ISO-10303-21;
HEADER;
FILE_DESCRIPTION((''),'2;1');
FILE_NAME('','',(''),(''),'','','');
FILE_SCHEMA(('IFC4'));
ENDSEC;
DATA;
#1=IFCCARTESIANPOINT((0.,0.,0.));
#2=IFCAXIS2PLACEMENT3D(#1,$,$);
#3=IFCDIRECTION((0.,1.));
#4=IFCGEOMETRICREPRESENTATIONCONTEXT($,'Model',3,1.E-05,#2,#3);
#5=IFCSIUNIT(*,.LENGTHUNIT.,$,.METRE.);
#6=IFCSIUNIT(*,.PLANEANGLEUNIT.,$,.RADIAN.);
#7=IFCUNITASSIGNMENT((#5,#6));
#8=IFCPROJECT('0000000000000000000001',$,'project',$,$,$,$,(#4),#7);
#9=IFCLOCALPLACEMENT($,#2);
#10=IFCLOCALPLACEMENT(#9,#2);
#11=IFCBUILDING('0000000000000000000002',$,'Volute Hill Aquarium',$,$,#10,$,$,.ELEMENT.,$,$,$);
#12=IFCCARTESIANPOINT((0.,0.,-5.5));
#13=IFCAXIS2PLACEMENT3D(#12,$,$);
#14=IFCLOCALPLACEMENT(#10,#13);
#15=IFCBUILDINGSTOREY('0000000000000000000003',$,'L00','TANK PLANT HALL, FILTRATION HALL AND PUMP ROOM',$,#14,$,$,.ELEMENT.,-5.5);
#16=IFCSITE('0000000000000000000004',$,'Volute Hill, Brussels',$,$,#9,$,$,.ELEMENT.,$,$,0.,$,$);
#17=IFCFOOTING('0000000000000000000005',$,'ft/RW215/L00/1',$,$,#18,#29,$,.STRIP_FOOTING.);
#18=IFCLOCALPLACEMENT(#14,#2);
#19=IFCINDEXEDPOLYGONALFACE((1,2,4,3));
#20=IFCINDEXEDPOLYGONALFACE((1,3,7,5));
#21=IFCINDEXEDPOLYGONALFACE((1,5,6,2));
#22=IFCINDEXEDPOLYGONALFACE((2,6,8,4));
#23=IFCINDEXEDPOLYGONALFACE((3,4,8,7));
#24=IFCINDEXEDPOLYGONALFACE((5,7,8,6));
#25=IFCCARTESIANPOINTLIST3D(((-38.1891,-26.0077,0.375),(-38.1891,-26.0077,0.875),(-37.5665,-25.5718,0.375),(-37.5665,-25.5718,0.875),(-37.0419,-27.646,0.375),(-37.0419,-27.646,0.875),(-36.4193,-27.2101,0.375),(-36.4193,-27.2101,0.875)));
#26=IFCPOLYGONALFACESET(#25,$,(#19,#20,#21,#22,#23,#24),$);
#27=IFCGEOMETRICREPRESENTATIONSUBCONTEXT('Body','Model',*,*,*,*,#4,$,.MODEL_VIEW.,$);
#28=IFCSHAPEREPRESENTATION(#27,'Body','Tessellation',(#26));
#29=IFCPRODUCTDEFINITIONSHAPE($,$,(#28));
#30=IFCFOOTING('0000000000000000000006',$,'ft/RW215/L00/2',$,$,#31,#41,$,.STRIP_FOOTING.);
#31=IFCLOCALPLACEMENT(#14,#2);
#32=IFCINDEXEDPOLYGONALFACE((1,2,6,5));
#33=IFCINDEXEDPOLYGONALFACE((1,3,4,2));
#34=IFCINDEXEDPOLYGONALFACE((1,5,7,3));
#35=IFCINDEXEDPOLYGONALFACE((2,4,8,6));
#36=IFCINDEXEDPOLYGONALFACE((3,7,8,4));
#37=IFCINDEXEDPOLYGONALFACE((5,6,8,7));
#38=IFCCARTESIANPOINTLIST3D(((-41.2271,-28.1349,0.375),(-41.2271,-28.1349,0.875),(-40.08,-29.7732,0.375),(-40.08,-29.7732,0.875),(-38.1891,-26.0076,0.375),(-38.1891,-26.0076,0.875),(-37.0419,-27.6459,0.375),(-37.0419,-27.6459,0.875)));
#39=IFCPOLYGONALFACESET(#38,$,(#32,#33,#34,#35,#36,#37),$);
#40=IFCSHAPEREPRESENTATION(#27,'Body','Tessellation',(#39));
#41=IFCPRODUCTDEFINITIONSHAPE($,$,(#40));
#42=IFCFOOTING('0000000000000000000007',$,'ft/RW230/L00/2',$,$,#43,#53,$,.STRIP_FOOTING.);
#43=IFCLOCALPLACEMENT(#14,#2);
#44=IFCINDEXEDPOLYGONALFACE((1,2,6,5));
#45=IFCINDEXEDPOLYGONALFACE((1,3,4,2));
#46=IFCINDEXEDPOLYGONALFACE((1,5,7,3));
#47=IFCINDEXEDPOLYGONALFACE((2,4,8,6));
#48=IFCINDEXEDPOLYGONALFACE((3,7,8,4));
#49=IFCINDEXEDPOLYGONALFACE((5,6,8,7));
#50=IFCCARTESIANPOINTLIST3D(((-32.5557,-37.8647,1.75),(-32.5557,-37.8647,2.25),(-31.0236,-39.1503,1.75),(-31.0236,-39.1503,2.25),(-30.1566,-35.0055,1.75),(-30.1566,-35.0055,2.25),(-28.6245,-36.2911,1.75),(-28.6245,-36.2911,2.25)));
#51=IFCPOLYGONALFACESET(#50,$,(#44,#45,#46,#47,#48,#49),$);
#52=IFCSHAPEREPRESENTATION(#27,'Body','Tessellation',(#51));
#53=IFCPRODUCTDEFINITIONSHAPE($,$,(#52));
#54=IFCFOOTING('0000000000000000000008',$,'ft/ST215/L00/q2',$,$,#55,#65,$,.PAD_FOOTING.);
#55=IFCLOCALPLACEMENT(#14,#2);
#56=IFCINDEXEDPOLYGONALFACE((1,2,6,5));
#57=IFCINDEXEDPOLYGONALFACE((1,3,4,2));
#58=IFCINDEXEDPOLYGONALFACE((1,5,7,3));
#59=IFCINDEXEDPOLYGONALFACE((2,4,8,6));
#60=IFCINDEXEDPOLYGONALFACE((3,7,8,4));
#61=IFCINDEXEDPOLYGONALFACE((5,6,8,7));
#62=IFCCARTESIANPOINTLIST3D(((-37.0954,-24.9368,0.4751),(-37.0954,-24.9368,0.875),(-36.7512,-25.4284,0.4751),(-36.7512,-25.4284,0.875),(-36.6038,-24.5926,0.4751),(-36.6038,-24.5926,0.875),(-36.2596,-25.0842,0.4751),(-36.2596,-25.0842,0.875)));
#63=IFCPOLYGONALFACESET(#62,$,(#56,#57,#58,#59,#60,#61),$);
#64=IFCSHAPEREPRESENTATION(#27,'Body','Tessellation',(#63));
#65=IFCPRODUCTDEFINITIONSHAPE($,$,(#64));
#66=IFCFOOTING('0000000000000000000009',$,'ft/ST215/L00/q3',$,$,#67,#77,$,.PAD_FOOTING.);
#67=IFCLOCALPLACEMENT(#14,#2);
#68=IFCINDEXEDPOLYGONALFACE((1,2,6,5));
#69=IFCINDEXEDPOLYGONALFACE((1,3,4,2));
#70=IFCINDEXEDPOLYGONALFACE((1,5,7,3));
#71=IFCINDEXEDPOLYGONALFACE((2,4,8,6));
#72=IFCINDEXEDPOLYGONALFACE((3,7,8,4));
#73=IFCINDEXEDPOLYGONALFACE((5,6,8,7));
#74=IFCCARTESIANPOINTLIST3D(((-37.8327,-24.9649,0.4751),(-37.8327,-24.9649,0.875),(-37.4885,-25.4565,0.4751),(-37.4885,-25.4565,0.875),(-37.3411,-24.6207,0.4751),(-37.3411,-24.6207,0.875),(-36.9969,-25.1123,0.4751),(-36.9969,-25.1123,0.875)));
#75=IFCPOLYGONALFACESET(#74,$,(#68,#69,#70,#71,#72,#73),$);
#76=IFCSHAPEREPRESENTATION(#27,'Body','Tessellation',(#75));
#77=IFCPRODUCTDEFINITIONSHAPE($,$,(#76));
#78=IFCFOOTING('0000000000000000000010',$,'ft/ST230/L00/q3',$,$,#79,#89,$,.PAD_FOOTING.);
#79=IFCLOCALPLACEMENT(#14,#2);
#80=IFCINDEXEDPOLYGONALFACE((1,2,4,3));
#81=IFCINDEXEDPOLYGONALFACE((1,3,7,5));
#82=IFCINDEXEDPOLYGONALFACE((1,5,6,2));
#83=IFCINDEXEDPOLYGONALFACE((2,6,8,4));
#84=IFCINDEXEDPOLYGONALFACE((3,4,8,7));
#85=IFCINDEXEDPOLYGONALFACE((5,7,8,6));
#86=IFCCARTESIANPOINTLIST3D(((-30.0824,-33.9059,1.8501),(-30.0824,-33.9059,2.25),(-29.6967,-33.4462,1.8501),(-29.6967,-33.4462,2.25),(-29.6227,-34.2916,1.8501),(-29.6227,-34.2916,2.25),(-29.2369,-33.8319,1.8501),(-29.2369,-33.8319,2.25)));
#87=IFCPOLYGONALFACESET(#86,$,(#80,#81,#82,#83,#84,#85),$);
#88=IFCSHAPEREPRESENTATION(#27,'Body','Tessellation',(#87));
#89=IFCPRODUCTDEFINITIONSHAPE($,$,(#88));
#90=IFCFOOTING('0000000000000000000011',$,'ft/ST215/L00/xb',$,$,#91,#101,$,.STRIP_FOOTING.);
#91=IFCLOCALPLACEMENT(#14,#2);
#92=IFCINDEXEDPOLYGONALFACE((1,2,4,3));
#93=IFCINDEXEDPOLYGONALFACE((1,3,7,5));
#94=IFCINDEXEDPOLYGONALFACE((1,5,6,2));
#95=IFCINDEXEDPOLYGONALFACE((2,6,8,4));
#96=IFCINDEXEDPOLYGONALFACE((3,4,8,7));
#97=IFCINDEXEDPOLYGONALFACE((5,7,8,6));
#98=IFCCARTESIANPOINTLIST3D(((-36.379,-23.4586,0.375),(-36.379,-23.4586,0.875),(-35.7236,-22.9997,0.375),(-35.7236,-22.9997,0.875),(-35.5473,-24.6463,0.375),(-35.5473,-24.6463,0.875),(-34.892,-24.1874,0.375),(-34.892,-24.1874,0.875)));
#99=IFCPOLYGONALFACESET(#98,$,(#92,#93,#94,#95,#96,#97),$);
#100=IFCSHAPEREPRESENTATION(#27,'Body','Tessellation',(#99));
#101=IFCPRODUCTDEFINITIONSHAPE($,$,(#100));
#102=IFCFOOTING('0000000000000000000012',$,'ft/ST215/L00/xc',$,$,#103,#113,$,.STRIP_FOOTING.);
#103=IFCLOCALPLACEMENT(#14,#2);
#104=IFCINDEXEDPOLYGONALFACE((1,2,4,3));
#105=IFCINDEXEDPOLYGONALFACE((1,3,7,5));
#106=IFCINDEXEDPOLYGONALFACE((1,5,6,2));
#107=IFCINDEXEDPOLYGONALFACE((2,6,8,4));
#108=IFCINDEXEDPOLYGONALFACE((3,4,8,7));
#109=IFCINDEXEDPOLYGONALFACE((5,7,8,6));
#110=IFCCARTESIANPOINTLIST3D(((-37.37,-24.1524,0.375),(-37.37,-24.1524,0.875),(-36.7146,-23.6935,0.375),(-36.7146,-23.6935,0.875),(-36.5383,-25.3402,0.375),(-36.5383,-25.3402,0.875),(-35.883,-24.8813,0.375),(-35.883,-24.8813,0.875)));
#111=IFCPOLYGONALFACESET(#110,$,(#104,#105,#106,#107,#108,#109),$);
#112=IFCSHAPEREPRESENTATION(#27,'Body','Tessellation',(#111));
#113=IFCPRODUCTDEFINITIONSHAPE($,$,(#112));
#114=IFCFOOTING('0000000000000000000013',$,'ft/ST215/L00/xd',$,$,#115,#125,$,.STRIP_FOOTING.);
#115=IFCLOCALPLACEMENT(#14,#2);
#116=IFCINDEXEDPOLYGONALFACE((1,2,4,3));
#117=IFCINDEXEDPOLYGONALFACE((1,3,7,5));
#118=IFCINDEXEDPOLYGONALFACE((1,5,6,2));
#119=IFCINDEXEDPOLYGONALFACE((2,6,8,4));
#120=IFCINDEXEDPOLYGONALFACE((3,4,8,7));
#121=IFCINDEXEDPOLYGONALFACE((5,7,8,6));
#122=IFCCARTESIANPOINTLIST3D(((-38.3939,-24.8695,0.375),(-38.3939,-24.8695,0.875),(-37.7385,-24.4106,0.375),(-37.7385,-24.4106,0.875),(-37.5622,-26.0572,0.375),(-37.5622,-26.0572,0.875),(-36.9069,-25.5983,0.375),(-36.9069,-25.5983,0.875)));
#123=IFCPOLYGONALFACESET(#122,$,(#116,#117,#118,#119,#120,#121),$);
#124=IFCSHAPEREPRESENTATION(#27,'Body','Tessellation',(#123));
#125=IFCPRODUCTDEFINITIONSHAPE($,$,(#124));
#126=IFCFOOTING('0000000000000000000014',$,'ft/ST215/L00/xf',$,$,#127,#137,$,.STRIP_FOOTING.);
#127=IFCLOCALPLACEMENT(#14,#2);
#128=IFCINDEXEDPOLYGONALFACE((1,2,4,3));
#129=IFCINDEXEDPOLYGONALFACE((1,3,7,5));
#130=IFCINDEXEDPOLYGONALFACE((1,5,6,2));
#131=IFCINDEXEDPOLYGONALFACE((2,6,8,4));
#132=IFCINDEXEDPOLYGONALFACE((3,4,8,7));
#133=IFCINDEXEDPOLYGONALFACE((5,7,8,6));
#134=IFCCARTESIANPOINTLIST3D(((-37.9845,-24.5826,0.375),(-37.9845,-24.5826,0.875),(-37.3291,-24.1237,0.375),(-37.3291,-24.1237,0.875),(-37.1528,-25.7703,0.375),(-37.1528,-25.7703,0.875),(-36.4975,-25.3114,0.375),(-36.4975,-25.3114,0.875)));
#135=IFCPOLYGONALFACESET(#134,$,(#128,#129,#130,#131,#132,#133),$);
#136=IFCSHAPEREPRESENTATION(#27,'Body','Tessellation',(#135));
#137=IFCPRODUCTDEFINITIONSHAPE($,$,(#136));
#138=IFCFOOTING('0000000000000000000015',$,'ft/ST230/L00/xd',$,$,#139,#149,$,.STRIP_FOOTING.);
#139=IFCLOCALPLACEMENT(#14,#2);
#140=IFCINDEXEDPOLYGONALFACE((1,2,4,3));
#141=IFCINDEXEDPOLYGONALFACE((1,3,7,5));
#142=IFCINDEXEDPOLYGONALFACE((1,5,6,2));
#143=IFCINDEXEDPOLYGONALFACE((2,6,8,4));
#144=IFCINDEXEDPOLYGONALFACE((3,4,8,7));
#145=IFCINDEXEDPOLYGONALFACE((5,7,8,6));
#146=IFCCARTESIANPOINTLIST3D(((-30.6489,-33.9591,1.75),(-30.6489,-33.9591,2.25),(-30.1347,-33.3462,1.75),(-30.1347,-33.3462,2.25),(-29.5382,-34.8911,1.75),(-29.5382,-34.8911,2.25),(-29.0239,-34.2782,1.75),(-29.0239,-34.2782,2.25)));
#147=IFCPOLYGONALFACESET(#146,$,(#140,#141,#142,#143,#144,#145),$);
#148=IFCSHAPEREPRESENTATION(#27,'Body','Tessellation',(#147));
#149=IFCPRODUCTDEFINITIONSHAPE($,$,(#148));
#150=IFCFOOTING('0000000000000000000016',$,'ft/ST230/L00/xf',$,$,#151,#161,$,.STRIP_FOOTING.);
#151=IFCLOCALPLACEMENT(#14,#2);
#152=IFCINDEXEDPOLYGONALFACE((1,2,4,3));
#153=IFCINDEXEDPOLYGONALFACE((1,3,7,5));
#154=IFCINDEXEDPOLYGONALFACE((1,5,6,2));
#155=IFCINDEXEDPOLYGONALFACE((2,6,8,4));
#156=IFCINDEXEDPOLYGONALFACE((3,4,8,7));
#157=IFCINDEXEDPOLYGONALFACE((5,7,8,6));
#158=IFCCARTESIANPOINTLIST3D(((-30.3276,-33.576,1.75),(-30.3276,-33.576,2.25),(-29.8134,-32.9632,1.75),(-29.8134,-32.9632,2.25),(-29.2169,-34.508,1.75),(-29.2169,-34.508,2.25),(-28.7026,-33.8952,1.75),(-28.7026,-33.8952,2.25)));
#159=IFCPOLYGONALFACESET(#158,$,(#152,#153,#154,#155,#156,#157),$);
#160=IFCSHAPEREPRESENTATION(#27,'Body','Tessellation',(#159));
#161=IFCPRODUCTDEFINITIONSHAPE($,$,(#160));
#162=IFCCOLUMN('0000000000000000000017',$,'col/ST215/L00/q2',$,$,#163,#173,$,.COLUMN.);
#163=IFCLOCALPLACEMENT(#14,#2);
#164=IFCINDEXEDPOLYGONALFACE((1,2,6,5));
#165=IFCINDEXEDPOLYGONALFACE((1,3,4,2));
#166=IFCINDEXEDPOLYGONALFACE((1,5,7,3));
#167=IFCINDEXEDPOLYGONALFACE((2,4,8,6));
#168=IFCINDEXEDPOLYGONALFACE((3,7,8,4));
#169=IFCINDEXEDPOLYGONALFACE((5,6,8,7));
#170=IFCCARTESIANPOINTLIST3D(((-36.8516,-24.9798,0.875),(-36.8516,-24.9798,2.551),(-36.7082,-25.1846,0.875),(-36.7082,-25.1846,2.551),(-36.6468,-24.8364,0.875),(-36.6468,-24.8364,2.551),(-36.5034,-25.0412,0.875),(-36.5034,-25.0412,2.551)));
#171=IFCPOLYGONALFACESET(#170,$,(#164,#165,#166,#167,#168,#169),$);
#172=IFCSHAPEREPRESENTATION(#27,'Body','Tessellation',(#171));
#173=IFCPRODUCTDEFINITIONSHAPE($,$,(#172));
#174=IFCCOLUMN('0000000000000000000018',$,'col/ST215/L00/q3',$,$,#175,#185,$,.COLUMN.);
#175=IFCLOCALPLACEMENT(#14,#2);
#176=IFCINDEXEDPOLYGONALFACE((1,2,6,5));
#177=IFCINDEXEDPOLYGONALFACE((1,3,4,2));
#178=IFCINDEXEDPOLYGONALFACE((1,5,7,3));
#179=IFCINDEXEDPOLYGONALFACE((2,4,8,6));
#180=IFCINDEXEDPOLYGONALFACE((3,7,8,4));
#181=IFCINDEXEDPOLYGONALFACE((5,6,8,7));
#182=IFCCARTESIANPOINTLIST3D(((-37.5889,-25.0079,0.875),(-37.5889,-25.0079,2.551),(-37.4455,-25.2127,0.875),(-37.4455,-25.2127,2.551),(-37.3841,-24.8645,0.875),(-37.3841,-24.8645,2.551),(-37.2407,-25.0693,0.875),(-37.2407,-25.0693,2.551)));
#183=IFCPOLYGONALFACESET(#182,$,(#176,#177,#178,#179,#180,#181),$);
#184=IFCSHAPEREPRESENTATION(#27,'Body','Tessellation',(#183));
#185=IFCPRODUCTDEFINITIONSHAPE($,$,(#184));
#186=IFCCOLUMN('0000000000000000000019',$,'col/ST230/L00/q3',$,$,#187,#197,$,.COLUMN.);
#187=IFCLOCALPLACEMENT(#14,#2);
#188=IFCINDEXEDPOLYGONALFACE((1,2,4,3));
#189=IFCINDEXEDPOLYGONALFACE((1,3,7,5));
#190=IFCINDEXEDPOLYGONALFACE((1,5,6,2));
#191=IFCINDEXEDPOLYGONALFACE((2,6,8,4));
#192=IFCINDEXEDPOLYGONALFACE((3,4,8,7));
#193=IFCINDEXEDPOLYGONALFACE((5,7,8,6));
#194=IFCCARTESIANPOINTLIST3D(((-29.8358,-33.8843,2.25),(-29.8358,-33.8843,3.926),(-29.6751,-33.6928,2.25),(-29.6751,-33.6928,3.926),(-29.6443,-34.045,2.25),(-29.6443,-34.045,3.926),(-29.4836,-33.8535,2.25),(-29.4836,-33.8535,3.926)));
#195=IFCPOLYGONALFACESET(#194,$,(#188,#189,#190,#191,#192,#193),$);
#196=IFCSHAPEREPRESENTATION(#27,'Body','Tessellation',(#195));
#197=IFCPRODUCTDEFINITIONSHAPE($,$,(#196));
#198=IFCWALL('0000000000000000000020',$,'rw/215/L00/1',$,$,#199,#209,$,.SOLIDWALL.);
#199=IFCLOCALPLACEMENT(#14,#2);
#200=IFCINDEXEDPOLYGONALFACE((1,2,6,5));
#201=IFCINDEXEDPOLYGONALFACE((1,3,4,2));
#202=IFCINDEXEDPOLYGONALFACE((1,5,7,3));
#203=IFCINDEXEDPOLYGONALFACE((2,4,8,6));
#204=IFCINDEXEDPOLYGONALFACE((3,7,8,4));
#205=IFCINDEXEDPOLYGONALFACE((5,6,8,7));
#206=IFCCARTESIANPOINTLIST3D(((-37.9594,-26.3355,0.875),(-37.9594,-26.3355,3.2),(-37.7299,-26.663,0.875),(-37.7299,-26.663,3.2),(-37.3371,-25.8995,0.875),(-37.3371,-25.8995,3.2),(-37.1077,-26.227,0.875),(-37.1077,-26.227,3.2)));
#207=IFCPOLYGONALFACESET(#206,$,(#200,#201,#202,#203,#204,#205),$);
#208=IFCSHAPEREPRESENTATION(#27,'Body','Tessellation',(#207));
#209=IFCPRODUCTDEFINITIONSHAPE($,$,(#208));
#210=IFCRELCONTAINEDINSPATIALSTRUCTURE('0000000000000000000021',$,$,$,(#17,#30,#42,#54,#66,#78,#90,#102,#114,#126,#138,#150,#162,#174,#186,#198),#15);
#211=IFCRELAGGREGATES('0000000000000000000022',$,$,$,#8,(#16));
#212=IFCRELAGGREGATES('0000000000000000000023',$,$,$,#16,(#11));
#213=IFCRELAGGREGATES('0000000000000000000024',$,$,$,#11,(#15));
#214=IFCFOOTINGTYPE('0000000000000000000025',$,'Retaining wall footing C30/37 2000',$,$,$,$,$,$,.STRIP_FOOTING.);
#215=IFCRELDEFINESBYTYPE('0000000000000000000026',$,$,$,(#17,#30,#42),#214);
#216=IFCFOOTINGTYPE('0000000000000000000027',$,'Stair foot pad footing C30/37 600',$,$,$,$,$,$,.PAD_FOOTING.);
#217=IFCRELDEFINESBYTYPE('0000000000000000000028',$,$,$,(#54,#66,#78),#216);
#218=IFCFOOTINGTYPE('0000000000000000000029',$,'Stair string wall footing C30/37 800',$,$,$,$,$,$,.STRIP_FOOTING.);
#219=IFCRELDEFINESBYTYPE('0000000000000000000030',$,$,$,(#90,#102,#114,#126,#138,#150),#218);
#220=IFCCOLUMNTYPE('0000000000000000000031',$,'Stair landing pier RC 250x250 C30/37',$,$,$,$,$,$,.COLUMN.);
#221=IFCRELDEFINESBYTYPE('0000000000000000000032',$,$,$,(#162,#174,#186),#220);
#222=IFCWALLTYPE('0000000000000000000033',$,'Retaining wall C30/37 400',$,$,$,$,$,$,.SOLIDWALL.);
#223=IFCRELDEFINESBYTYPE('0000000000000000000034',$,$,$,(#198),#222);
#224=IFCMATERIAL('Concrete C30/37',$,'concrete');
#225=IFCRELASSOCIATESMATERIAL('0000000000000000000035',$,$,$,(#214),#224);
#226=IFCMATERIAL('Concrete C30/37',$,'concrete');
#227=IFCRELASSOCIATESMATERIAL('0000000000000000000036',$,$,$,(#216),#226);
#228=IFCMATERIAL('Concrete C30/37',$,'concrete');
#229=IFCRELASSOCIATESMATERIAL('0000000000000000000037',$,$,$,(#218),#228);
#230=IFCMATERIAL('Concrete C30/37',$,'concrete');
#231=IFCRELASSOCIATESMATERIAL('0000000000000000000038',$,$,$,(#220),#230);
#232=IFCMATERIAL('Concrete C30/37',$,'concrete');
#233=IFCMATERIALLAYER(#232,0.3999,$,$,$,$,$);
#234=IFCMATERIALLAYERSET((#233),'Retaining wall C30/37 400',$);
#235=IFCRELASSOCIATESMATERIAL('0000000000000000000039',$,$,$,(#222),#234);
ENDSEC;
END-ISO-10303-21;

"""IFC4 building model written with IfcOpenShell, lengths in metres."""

from ifc_helpers import new_model, si_unit, direction, frame, frame_2d, origin, origin_2d, place, context, subcontext, project, spatial, rectangle, extrude, material, layer, layer_set, material_profile, profile_set, type_object, element, save


model = new_model("IFC4")

# Units and contexts
model_context = context("Model", 3, precision=1e-05, world=origin(), true_north=direction((0.0, 1.0)))
body_context = subcontext(model_context, "Body", "Model", "MODEL_VIEW")
ifc_project = project(units=[si_unit("LENGTHUNIT", "METRE"), si_unit("PLANEANGLEUNIT", "RADIAN")], contexts=[model_context])

# Site, building, storey
site_placement = place(None, origin())
site = spatial("IfcSite", under=ifc_project, at=site_placement, Name="Volute Hill, Brussels", CompositionType="ELEMENT", RefElevation=0.0)
building_placement = place(site_placement, origin())
building = spatial("IfcBuilding", under=site, at=building_placement, Name="Volute Hill Aquarium", CompositionType="ELEMENT")
storey_placement = place(building_placement, frame((0.0, 0.0, -5.5)))
storey = spatial("IfcBuildingStorey", under=building, at=storey_placement, Name="L00", Description="TANK PLANT HALL, FILTRATION HALL AND PUMP ROOM", CompositionType="ELEMENT", Elevation=-5.5)

# Footings
ifc_material_1 = material(Name="Concrete C30/37", Category="concrete")
footing_type_1 = type_object("IfcFootingType", Name="Retaining wall footing C30/37 2000", PredefinedType="STRIP_FOOTING", material=ifc_material_1)
footing_1_placement = place(storey_placement, frame((-37.3042, -26.6089, 0.375), z_axis=(0.0, 0.0, 1.0), x_axis=(-0.819152, -0.573576, 0.0)))
element("IfcFooting", 1, at=footing_1_placement, inside=storey, type_object=footing_type_1, Name="ft/RW215/L00/1", PredefinedType="STRIP_FOOTING", context=body_context, shape_type="SweptSolid", body=[
    extrude(rectangle(XDim=0.76, YDim=2.0, at=origin_2d()), origin(), (0.0, 0.0, 1.0), 0.5),
])
footing_2_placement = place(storey_placement, frame((-39.1345, -27.8904, 0.375), z_axis=(0.0, 0.0, 1.0), x_axis=(-0.819152, -0.573576, 0.0)))
element("IfcFooting", 2, at=footing_2_placement, inside=storey, type_object=footing_type_1, Name="ft/RW215/L00/2", PredefinedType="STRIP_FOOTING", context=body_context, shape_type="SweptSolid", body=[
    extrude(rectangle(XDim=3.7087, YDim=2.0, at=origin_2d()), origin(), (0.0, 0.0, 1.0), 0.5),
])
footing_3_placement = place(storey_placement, frame((-30.5901, -37.0779, 1.75), z_axis=(0.0, 0.0, 1.0), x_axis=(-0.642788, -0.766044, 0.0)))
element("IfcFooting", 3, at=footing_3_placement, inside=storey, type_object=footing_type_1, Name="ft/RW230/L00/2", PredefinedType="STRIP_FOOTING", context=body_context, shape_type="SweptSolid", body=[
    extrude(rectangle(XDim=3.7324, YDim=2.0, at=origin_2d()), origin(), (0.0, 0.0, 1.0), 0.5),
])
ifc_material_2 = material(Name="Concrete C30/37", Category="concrete")
footing_type_2 = type_object("IfcFootingType", Name="Stair foot pad footing C30/37 600", PredefinedType="PAD_FOOTING", material=ifc_material_2)
for number, where, z_axis, x_axis, name in (
    (4, (-36.6775, -25.0105, 0.4751), (0.0, 0.0, 1.0), (-0.819152, -0.573576, 0.0), "ft/ST215/L00/q2"),
    (5, (-37.4148, -25.0386, 0.4751), (0.0, 0.0, 1.0), (-0.819152, -0.573576, 0.0), "ft/ST215/L00/q3"),
    (6, (-29.6597, -33.8689, 1.8501), (0.0, 0.0, 1.0), (-0.642788, -0.766044, 0.0), "ft/ST230/L00/q3"),
):
    element("IfcFooting", number, at=place(storey_placement, frame(where, z_axis=z_axis, x_axis=x_axis)), inside=storey, type_object=footing_type_2, Name=name, PredefinedType="PAD_FOOTING", context=body_context, shape_type="SweptSolid", body=[
        extrude(rectangle(XDim=0.6001, YDim=0.6001, at=origin_2d()), origin(), (0.0, 0.0, 1.0), 0.3999),
    ])
ifc_material_3 = material(Name="Concrete C30/37", Category="concrete")
footing_type_3 = type_object("IfcFootingType", Name="Stair string wall footing C30/37 800", PredefinedType="STRIP_FOOTING", material=ifc_material_3)
for number, where, z_axis, x_axis, name in (
    (7, (-35.6355, -23.823, 0.375), (0.0, 0.0, 1.0), (0.573576, -0.819152, 0.0), "ft/ST215/L00/xb"),
    (8, (-36.6265, -24.5168, 0.375), (0.0, 0.0, 1.0), (0.573576, -0.819152, 0.0), "ft/ST215/L00/xc"),
    (9, (-37.6504, -25.2339, 0.375), (0.0, 0.0, 1.0), (0.573576, -0.819152, 0.0), "ft/ST215/L00/xd"),
    (10, (-37.241, -24.947, 0.375), (0.0, 0.0, 1.0), (0.573576, -0.819152, 0.0), "ft/ST215/L00/xf"),
    (11, (-29.8364, -34.1187, 1.75), (0.0, 0.0, 1.0), (0.766044, -0.642788, 0.0), "ft/ST230/L00/xd"),
    (12, (-29.5151, -33.7356, 1.75), (0.0, 0.0, 1.0), (0.766044, -0.642788, 0.0), "ft/ST230/L00/xf"),
):
    element("IfcFooting", number, at=place(storey_placement, frame(where, z_axis=z_axis, x_axis=x_axis)), inside=storey, type_object=footing_type_3, Name=name, PredefinedType="STRIP_FOOTING", context=body_context, shape_type="SweptSolid", body=[
        extrude(rectangle(XDim=1.45, YDim=0.8, at=origin_2d()), origin(), (0.0, 0.0, 1.0), 0.5),
    ])

# Columns
ifc_material_4 = material(Name="Concrete C30/37", Category="concrete")
ifc_material_profile = material_profile(ifc_material_4, rectangle(XDim=0.25, YDim=0.25, at=origin_2d()), Name="RC pier 250x250")
ifc_profile_set = profile_set([ifc_material_profile], Name="Concrete C30/37")
column_type = type_object("IfcColumnType", Name="Stair landing pier RC 250x250 C30/37", PredefinedType="COLUMN", material=ifc_profile_set)
for number, where, z_axis, x_axis, name in (
    (13, (-36.6775, -25.0105, 0.875), (0.0, 0.0, 1.0), (-0.819152, -0.573576, 0.0), "col/ST215/L00/q2"),
    (14, (-37.4148, -25.0386, 0.875), (0.0, 0.0, 1.0), (-0.819152, -0.573576, 0.0), "col/ST215/L00/q3"),
    (15, (-29.6597, -33.8689, 2.25), (0.0, 0.0, 1.0), (-0.642788, -0.766044, 0.0), "col/ST230/L00/q3"),
):
    element("IfcColumn", number, at=place(storey_placement, frame(where, z_axis=z_axis, x_axis=x_axis)), inside=storey, type_object=column_type, Name=name, PredefinedType="COLUMN", context=body_context, shape_type="SweptSolid", body=[
        extrude(rectangle(XDim=0.25, YDim=0.25, at=origin_2d()), origin(), (0.0, 0.0, 1.0), 1.676),
    ])

# Wall
ifc_material_5 = material(Name="Concrete C30/37", Category="concrete")
ifc_layer_1 = layer(ifc_material_5, 0.3999)
ifc_layer_set_1 = layer_set([ifc_layer_1], Name="Retaining wall C30/37 400")
wall_type_1 = type_object("IfcWallType", Name="Retaining wall C30/37 400", PredefinedType="SOLIDWALL", material=ifc_layer_set_1)
wall_1_placement = place(storey_placement, frame((-37.2224, -26.0632, 0.875), z_axis=(0.0, 0.0, 1.0), x_axis=(-0.818975, -0.573829, 0.0)))
element("IfcWall", 16, at=wall_1_placement, inside=storey, type_object=wall_type_1, Name="rw/215/L00/1", PredefinedType="SOLIDWALL", context=body_context, shape_type="SweptSolid", body=[
    extrude(rectangle(XDim=0.7598, YDim=0.3999, at=frame_2d((0.3799, 0.0))), origin(), (0.0, 0.0, 1.0), 2.325),
])

save(model, "model.ifc")
